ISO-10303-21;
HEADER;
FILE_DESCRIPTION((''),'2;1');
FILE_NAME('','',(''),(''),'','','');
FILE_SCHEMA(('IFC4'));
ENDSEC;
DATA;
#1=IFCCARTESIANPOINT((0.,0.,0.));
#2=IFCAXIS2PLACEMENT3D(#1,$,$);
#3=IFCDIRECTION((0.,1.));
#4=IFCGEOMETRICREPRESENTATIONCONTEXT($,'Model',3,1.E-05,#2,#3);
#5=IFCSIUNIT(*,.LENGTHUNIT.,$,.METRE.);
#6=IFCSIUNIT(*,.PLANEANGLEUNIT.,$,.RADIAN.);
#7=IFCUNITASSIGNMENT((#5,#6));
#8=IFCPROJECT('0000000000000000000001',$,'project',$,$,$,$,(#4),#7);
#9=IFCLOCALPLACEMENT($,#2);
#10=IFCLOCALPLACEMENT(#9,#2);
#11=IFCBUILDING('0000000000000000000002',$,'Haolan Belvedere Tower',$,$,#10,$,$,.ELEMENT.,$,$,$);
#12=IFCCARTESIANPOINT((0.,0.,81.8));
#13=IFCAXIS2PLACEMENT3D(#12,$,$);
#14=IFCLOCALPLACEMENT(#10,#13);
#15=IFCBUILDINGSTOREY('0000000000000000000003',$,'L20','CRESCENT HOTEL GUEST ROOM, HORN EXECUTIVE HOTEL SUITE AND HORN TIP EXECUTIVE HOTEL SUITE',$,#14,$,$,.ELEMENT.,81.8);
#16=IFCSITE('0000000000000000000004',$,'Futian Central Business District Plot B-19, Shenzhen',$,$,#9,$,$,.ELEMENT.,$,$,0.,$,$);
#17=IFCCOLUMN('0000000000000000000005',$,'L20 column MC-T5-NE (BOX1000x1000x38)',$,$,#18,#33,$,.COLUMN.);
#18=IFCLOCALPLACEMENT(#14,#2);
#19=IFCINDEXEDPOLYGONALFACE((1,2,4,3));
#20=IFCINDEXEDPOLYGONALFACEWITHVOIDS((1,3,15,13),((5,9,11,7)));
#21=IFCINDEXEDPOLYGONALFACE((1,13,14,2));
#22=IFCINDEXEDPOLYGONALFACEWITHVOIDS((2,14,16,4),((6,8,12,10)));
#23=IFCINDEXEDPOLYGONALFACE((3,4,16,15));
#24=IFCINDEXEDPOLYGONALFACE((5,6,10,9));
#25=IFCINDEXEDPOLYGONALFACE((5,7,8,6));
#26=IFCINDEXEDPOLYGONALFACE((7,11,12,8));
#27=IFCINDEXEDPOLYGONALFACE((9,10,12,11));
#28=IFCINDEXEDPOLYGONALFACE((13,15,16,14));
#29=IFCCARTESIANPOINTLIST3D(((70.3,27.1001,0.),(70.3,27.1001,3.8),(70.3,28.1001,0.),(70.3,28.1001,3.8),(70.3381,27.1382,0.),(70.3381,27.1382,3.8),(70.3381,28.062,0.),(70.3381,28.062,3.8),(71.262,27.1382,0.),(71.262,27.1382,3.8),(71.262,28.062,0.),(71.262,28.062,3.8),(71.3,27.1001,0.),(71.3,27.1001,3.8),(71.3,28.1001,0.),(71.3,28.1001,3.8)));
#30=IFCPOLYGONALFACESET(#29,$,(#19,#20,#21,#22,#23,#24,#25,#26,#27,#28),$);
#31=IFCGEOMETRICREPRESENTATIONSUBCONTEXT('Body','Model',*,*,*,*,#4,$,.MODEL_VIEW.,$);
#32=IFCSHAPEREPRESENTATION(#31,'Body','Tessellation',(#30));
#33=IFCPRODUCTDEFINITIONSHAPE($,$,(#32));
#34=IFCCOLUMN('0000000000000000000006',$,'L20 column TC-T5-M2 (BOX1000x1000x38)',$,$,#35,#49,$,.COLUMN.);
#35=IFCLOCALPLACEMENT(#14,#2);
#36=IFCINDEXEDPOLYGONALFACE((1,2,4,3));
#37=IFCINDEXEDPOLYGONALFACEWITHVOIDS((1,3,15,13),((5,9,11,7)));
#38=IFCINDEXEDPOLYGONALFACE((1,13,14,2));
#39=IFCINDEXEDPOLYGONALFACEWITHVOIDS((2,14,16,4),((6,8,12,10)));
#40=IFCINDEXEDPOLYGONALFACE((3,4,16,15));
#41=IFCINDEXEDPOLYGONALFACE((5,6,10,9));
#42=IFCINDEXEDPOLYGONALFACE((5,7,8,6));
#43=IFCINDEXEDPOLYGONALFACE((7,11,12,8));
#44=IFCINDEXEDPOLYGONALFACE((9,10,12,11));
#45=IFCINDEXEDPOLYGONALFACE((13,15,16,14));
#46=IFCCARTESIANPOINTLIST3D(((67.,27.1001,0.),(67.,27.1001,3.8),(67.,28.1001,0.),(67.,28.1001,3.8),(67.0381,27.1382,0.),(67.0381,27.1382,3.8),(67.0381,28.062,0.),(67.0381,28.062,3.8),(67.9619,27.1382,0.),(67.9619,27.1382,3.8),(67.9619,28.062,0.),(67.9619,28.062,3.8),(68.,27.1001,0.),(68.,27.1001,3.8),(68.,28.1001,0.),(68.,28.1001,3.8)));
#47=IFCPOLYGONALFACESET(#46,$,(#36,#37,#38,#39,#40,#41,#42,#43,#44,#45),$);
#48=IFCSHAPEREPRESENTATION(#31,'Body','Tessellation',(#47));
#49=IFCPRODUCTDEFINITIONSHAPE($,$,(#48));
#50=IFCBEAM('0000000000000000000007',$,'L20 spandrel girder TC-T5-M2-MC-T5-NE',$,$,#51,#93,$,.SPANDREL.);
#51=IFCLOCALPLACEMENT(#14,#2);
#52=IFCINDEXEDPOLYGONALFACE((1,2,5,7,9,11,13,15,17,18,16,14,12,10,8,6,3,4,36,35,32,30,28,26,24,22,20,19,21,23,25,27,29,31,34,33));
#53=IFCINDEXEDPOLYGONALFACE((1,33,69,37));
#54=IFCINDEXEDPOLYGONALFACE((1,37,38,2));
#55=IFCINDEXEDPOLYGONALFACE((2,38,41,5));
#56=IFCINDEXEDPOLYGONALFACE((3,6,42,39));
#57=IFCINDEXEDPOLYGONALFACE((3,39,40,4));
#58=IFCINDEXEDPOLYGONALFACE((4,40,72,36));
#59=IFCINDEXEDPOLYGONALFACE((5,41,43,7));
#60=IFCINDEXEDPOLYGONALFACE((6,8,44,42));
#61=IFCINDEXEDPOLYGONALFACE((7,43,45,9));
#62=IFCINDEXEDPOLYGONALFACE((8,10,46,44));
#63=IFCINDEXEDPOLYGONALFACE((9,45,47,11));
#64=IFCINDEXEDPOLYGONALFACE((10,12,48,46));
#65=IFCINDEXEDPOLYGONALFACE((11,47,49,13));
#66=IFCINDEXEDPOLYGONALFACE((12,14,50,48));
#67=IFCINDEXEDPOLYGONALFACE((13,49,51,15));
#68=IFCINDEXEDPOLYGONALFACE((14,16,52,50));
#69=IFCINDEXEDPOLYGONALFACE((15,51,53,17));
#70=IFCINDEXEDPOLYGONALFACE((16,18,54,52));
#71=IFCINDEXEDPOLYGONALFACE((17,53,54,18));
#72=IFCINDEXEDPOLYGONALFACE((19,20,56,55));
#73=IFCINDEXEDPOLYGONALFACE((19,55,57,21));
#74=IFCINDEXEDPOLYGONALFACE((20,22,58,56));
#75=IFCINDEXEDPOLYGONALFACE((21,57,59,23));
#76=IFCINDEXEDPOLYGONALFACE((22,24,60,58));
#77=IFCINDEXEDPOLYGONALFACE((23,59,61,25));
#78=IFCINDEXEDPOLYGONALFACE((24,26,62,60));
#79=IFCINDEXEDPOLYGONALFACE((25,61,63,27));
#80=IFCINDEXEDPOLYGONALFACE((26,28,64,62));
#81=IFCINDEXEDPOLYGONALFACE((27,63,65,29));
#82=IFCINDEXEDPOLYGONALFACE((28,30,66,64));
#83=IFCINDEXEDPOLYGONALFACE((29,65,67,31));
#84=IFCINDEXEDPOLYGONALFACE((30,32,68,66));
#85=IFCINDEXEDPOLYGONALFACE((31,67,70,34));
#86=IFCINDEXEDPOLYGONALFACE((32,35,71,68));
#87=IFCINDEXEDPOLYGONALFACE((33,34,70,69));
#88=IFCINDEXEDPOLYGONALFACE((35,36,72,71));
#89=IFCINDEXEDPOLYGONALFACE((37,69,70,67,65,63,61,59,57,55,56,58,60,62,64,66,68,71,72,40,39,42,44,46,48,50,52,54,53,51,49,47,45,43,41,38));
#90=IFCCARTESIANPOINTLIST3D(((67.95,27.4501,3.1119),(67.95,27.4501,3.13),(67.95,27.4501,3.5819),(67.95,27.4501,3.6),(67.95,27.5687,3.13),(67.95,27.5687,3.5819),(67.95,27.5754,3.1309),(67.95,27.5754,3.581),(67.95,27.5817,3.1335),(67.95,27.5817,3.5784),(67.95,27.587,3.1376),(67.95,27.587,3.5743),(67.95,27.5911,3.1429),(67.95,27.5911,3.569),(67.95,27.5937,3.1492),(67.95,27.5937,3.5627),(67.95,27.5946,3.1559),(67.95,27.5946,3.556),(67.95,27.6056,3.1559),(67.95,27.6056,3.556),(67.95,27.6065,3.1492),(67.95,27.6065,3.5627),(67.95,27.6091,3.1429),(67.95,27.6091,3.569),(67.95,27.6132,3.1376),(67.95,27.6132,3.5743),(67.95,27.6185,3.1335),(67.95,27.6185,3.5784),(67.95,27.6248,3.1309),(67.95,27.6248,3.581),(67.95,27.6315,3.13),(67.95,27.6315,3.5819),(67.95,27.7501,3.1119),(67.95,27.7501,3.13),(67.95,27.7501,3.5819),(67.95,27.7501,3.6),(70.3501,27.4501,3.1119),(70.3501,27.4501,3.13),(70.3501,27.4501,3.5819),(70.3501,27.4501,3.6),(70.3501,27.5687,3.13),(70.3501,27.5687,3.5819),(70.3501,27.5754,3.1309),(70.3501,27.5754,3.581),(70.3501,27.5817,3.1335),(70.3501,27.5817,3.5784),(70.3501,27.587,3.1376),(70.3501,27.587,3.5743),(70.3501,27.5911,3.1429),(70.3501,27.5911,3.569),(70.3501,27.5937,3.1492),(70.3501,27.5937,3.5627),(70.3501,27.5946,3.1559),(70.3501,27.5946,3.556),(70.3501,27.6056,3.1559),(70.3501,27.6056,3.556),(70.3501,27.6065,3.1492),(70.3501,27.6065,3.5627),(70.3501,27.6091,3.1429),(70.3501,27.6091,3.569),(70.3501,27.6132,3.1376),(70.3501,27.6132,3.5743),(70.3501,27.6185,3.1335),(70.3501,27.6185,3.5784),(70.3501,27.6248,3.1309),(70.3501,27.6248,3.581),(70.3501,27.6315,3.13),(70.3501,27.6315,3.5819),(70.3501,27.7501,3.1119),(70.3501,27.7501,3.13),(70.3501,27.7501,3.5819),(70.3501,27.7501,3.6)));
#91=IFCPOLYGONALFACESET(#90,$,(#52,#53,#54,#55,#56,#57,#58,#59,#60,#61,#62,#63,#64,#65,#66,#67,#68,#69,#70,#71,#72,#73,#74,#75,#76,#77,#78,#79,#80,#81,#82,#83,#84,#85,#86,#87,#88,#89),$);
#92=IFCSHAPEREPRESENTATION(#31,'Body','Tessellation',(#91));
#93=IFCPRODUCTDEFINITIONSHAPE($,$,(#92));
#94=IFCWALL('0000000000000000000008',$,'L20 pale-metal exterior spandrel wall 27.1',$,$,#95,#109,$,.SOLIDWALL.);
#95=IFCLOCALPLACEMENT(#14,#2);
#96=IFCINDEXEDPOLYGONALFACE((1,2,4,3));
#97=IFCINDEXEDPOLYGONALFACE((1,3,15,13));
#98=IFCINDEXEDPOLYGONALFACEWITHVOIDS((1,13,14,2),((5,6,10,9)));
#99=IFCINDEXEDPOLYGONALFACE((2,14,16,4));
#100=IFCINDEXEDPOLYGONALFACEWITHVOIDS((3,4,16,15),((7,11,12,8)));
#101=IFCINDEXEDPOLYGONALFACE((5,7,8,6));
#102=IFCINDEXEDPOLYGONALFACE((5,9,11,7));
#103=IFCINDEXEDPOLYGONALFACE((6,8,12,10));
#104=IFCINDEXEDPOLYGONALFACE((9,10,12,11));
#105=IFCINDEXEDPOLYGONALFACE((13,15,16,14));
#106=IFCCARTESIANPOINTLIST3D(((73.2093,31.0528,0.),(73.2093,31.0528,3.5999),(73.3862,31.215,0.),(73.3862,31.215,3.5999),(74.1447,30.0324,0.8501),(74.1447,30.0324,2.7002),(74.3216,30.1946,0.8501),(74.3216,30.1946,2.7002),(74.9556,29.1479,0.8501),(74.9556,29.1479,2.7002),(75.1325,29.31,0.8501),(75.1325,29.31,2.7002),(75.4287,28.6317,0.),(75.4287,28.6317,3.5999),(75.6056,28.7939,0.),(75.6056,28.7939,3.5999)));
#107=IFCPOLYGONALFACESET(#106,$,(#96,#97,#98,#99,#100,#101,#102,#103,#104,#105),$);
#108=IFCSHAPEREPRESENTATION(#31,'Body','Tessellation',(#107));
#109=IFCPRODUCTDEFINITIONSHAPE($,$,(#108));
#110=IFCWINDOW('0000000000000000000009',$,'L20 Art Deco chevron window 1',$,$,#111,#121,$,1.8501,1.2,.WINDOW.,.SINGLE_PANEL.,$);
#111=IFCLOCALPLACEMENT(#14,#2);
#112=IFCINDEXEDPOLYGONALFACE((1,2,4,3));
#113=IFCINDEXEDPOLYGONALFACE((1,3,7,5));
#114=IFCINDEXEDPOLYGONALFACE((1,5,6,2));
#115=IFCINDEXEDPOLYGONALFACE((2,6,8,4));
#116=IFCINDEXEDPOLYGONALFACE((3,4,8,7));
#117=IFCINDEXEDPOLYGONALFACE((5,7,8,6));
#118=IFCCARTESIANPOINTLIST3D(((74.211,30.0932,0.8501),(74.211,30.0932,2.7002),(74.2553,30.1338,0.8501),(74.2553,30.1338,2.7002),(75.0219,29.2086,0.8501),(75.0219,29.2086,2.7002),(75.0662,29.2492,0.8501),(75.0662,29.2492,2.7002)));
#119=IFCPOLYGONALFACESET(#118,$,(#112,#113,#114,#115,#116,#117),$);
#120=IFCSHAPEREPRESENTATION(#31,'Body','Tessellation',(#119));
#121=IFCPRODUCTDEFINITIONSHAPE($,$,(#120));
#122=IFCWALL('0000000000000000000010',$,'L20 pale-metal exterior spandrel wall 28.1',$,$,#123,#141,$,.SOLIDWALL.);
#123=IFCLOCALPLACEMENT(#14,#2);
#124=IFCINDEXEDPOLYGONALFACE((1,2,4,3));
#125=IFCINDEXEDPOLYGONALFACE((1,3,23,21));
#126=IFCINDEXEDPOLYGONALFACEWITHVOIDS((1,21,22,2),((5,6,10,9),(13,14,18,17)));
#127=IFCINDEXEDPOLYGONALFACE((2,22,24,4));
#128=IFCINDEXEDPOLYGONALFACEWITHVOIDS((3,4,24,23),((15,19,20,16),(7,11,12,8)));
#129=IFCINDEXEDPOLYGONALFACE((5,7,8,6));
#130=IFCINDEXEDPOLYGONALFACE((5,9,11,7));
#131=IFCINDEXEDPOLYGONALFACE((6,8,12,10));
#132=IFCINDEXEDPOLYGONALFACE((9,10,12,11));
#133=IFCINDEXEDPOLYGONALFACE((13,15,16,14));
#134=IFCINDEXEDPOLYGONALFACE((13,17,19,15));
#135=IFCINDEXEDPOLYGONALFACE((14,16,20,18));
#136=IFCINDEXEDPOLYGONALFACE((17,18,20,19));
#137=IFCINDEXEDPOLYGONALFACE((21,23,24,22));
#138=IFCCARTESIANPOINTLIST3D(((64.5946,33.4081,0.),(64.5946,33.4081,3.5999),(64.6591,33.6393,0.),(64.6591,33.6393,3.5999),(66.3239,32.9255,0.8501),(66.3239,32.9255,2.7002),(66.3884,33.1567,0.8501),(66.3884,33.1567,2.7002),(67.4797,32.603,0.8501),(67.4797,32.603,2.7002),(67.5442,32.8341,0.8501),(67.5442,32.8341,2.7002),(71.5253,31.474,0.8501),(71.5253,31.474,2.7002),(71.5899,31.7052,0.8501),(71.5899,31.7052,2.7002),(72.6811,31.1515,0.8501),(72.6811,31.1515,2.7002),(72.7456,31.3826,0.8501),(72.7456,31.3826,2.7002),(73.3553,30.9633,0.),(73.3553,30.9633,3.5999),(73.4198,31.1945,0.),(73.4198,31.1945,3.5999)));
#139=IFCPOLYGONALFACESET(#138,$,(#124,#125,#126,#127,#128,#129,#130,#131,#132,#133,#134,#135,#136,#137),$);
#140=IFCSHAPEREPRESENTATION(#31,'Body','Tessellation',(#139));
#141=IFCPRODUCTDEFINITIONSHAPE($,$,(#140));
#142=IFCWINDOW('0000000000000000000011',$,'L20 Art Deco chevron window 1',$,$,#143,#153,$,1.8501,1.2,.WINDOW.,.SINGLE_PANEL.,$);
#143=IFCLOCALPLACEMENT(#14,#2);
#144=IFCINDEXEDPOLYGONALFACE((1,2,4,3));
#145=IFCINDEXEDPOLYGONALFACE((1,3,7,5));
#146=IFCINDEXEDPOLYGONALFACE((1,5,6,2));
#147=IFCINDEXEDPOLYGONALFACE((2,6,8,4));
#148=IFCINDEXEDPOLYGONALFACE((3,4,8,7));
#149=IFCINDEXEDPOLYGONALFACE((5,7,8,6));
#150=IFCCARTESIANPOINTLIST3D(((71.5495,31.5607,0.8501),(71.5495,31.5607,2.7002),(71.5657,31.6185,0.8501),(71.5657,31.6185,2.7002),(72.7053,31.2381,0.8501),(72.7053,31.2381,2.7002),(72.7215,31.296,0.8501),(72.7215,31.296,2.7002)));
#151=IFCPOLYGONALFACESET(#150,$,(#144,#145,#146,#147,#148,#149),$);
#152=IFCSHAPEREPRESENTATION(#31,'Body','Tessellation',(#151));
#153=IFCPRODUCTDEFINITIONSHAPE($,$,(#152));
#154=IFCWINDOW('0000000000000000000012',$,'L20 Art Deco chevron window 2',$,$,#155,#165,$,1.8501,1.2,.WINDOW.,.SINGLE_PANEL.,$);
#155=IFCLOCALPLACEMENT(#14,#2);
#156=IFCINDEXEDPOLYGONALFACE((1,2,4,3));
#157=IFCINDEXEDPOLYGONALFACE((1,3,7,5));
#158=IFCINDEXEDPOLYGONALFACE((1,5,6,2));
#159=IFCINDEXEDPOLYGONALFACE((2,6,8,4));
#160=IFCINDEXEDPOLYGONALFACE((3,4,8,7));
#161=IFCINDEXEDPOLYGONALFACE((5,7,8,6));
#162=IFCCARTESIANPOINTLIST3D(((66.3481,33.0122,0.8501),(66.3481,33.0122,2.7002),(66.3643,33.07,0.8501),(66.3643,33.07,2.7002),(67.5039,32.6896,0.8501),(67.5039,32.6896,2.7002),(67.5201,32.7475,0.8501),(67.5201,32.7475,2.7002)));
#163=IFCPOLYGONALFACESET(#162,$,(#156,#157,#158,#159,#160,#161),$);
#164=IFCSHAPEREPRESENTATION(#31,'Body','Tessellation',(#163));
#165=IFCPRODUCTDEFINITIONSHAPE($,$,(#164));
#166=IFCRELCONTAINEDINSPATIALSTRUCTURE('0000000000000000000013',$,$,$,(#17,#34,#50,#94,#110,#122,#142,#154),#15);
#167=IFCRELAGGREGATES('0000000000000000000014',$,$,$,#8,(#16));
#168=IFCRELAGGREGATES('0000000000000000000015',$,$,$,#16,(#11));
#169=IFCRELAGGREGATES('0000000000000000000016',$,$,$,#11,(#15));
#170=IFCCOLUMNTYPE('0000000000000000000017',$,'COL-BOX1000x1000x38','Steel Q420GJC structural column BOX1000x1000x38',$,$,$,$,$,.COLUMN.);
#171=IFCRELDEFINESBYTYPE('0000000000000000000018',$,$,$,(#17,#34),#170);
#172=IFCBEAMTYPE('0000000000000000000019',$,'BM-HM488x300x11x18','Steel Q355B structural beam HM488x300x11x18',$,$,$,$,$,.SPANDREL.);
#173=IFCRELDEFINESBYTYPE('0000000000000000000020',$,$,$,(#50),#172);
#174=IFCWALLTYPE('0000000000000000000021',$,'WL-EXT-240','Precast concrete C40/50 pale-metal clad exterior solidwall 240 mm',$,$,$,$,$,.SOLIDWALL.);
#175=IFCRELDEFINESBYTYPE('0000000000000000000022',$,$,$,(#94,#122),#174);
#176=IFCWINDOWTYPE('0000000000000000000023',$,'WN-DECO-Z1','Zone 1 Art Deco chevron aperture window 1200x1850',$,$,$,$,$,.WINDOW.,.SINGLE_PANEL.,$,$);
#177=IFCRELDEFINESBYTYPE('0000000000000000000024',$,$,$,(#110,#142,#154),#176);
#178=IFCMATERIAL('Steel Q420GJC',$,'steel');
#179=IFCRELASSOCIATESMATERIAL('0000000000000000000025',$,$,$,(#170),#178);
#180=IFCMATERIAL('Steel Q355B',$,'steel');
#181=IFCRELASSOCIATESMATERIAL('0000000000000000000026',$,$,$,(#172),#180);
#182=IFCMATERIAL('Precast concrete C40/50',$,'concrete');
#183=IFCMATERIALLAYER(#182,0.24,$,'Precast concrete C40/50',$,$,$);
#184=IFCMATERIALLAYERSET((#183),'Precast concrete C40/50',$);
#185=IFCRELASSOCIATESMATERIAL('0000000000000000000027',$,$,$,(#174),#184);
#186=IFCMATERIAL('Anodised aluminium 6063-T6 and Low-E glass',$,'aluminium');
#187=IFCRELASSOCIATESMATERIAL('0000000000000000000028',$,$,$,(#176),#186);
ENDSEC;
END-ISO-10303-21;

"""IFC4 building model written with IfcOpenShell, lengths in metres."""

from ifc_helpers import new_model, si_unit, direction, frame, frame_2d, origin, origin_2d, place, context, subcontext, project, spatial, rectangle, hollow_rectangle, i_section, extrude, material, layer, layer_set, material_profile, profile_set, type_object, element, fill, save


model = new_model("IFC4")

# Units and contexts
model_context = context("Model", 3, precision=1e-05, world=origin(), true_north=direction((0.0, 1.0)))
body_context = subcontext(model_context, "Body", "Model", "MODEL_VIEW")
ifc_project = project(units=[si_unit("LENGTHUNIT", "METRE"), si_unit("PLANEANGLEUNIT", "RADIAN")], contexts=[model_context])

# Site, building, storey
site_placement = place(None, origin())
site = spatial("IfcSite", under=ifc_project, at=site_placement, Name="Futian Central Business District Plot B-19, Shenzhen", CompositionType="ELEMENT", RefElevation=0.0)
building_placement = place(site_placement, origin())
building = spatial("IfcBuilding", under=site, at=building_placement, Name="Haolan Belvedere Tower", CompositionType="ELEMENT")
storey_placement = place(building_placement, frame((0.0, 0.0, 81.8)))
storey = spatial("IfcBuildingStorey", under=building, at=storey_placement, Name="L20", Description="CRESCENT HOTEL GUEST ROOM, HORN EXECUTIVE HOTEL SUITE AND HORN TIP EXECUTIVE HOTEL SUITE", CompositionType="ELEMENT", Elevation=81.8)

# Columns
ifc_material_1 = material(Name="Steel Q420GJC", Category="steel")
ifc_material_profile_1 = material_profile(ifc_material_1, hollow_rectangle(XDim=1.0, YDim=1.0, WallThickness=0.0381, at=origin_2d()), Name="Steel Q420GJC")
ifc_profile_set_1 = profile_set([ifc_material_profile_1], Name="Steel Q420GJC")
column_type = type_object("IfcColumnType", Name="COL-BOX1000x1000x38", Description="Steel Q420GJC structural column BOX1000x1000x38", PredefinedType="COLUMN", material=ifc_profile_set_1)
for number, where, z_axis, x_axis, name in (
    (1, (70.8, 27.6001, 0.0), (0.0, 0.0, 1.0), (1.0, 0.0, 0.0), "L20 column MC-T5-NE (BOX1000x1000x38)"),
    (2, (67.5, 27.6001, 0.0), (0.0, 0.0, 1.0), (1.0, 0.0, 0.0), "L20 column TC-T5-M2 (BOX1000x1000x38)"),
):
    element("IfcColumn", number, at=place(storey_placement, frame(where, z_axis=z_axis, x_axis=x_axis)), inside=storey, type_object=column_type, Name=name, PredefinedType="COLUMN", context=body_context, shape_type="SweptSolid", body=[
        extrude(hollow_rectangle(XDim=1.0, YDim=1.0, WallThickness=0.0381, at=origin_2d()), origin(), (0.0, 0.0, 1.0), 3.8),
    ])

# Beam
ifc_material_2 = material(Name="Steel Q355B", Category="steel")
ifc_material_profile_2 = material_profile(ifc_material_2, i_section(OverallWidth=0.3, OverallDepth=0.488, WebThickness=0.011, FlangeThickness=0.0181, FilletRadius=0.0259, at=origin_2d()), Name="Steel Q355B")
ifc_profile_set_2 = profile_set([ifc_material_profile_2], Name="Steel Q355B")
beam_type = type_object("IfcBeamType", Name="BM-HM488x300x11x18", Description="Steel Q355B structural beam HM488x300x11x18", PredefinedType="SPANDREL", material=ifc_profile_set_2)
beam_placement = place(storey_placement, frame((67.95, 27.6001, 3.356), z_axis=(1.0, 0.0, 0.0), x_axis=(0.0, 1.0, 0.0)))
element("IfcBeam", 3, at=beam_placement, inside=storey, type_object=beam_type, Name="L20 spandrel girder TC-T5-M2-MC-T5-NE", PredefinedType="SPANDREL", context=body_context, shape_type="SweptSolid", body=[
    extrude(i_section(OverallWidth=0.3, OverallDepth=0.488, WebThickness=0.011, FlangeThickness=0.0181, FilletRadius=0.0259, at=origin_2d()), origin(), (0.0, 0.0, 1.0), 2.4001),
])

# Wall, opening, window
ifc_material_3 = material(Name="Precast concrete C40/50", Category="concrete")
ifc_layer_1 = layer(ifc_material_3, 0.24, Name="Precast concrete C40/50")
ifc_layer_set_1 = layer_set([ifc_layer_1], Name="Precast concrete C40/50")
wall_type_1 = type_object("IfcWallType", Name="WL-EXT-240", Description="Precast concrete C40/50 pale-metal clad exterior solidwall 240 mm", PredefinedType="SOLIDWALL", material=ifc_layer_set_1)
wall_1_placement = place(storey_placement, frame((75.5171, 28.7129, 0.0), z_axis=(0.0, 0.0, 1.0), x_axis=(-0.675741, 0.737139, 0.0)))
wall_1 = element("IfcWall", 4, at=wall_1_placement, inside=storey, type_object=wall_type_1, Name="L20 pale-metal exterior spandrel wall 27.1", PredefinedType="SOLIDWALL", context=body_context, shape_type="SweptSolid", body=[
    extrude(rectangle(XDim=3.2844, YDim=0.24, at=frame_2d((1.6421, 0.0))), origin(), (0.0, 0.0, 1.0), 3.5999),
])
opening_1_placement = place(wall_1_placement, frame((0.7, 0.0, 0.8501)))
opening_1 = element("IfcOpeningElement", 5, at=opening_1_placement, cuts=wall_1, PredefinedType="OPENING", context=body_context, shape_type="SweptSolid", body=[
    extrude(rectangle(XDim=1.2, YDim=1.8501, at=frame_2d((0.6001, 0.925))), frame((0.0, 0.1299, 0.0), z_axis=(0.0, -1.0, 0.0), x_axis=(1.0, 0.0, 0.0)), (0.0, 0.0, 1.0), 0.26),
])
ifc_material_4 = material(Name="Anodised aluminium 6063-T6 and Low-E glass", Category="aluminium")
window_type = type_object("IfcWindowType", Name="WN-DECO-Z1", Description="Zone 1 Art Deco chevron aperture window 1200x1850", PartitioningType="SINGLE_PANEL", PredefinedType="WINDOW", material=ifc_material_4)
window_1_placement = place(opening_1_placement, origin())
window_1 = element("IfcWindow", 6, at=window_1_placement, inside=storey, type_object=window_type, Name="L20 Art Deco chevron window 1", OverallHeight=1.8501, OverallWidth=1.2, PartitioningType="SINGLE_PANEL", PredefinedType="WINDOW", context=body_context, shape_type="SweptSolid", body=[
    extrude(rectangle(XDim=1.2, YDim=1.8501, at=frame_2d((0.6001, 0.925))), frame((0.0, 0.03, 0.0), z_axis=(0.0, -1.0, 0.0), x_axis=(1.0, 0.0, 0.0)), (0.0, 0.0, 1.0), 0.0601),
])
fill(opening_1, window_1)

# Wall, openings, windows
wall_2_placement = place(storey_placement, frame((73.3877, 31.0789, 0.0), z_axis=(0.0, 0.0, 1.0), x_axis=(-0.963197, 0.268795, 0.0)))
wall_2 = element("IfcWall", 7, at=wall_2_placement, inside=storey, type_object=wall_type_1, Name="L20 pale-metal exterior spandrel wall 28.1", PredefinedType="SOLIDWALL", context=body_context, shape_type="SweptSolid", body=[
    extrude(rectangle(XDim=9.0955, YDim=0.24, at=frame_2d((4.5479, 0.0))), origin(), (0.0, 0.0, 1.0), 3.5999),
])
opening_2_placement = place(wall_2_placement, frame((0.7, 0.0, 0.8501)))
opening_2 = element("IfcOpeningElement", 8, at=opening_2_placement, cuts=wall_2, PredefinedType="OPENING", context=body_context, shape_type="SweptSolid", body=[
    extrude(rectangle(XDim=1.2, YDim=1.8501, at=frame_2d((0.6001, 0.925))), frame((0.0, 0.1299, 0.0), z_axis=(0.0, -1.0, 0.0), x_axis=(1.0, 0.0, 0.0)), (0.0, 0.0, 1.0), 0.26),
])
opening_3_placement = place(wall_2_placement, frame((6.1001, 0.0, 0.8501)))
opening_3 = element("IfcOpeningElement", 9, at=opening_3_placement, cuts=wall_2, PredefinedType="OPENING", context=body_context, shape_type="SweptSolid", body=[
    extrude(rectangle(XDim=1.2, YDim=1.8501, at=frame_2d((0.6001, 0.925))), frame((0.0, 0.1299, 0.0), z_axis=(0.0, -1.0, 0.0), x_axis=(1.0, 0.0, 0.0)), (0.0, 0.0, 1.0), 0.26),
])
window_2_placement = place(opening_2_placement, origin())
window_2 = element("IfcWindow", 10, at=window_2_placement, inside=storey, type_object=window_type, Name="L20 Art Deco chevron window 1", OverallHeight=1.8501, OverallWidth=1.2, PartitioningType="SINGLE_PANEL", PredefinedType="WINDOW", context=body_context, shape_type="SweptSolid", body=[
    extrude(rectangle(XDim=1.2, YDim=1.8501, at=frame_2d((0.6001, 0.925))), frame((0.0, 0.03, 0.0), z_axis=(0.0, -1.0, 0.0), x_axis=(1.0, 0.0, 0.0)), (0.0, 0.0, 1.0), 0.0601),
])
fill(opening_2, window_2)
window_3_placement = place(opening_3_placement, origin())
window_3 = element("IfcWindow", 11, at=window_3_placement, inside=storey, type_object=window_type, Name="L20 Art Deco chevron window 2", OverallHeight=1.8501, OverallWidth=1.2, PartitioningType="SINGLE_PANEL", PredefinedType="WINDOW", context=body_context, shape_type="SweptSolid", body=[
    extrude(rectangle(XDim=1.2, YDim=1.8501, at=frame_2d((0.6001, 0.925))), frame((0.0, 0.03, 0.0), z_axis=(0.0, -1.0, 0.0), x_axis=(1.0, 0.0, 0.0)), (0.0, 0.0, 1.0), 0.0601),
])
fill(opening_3, window_3)

save(model, "model.ifc")
